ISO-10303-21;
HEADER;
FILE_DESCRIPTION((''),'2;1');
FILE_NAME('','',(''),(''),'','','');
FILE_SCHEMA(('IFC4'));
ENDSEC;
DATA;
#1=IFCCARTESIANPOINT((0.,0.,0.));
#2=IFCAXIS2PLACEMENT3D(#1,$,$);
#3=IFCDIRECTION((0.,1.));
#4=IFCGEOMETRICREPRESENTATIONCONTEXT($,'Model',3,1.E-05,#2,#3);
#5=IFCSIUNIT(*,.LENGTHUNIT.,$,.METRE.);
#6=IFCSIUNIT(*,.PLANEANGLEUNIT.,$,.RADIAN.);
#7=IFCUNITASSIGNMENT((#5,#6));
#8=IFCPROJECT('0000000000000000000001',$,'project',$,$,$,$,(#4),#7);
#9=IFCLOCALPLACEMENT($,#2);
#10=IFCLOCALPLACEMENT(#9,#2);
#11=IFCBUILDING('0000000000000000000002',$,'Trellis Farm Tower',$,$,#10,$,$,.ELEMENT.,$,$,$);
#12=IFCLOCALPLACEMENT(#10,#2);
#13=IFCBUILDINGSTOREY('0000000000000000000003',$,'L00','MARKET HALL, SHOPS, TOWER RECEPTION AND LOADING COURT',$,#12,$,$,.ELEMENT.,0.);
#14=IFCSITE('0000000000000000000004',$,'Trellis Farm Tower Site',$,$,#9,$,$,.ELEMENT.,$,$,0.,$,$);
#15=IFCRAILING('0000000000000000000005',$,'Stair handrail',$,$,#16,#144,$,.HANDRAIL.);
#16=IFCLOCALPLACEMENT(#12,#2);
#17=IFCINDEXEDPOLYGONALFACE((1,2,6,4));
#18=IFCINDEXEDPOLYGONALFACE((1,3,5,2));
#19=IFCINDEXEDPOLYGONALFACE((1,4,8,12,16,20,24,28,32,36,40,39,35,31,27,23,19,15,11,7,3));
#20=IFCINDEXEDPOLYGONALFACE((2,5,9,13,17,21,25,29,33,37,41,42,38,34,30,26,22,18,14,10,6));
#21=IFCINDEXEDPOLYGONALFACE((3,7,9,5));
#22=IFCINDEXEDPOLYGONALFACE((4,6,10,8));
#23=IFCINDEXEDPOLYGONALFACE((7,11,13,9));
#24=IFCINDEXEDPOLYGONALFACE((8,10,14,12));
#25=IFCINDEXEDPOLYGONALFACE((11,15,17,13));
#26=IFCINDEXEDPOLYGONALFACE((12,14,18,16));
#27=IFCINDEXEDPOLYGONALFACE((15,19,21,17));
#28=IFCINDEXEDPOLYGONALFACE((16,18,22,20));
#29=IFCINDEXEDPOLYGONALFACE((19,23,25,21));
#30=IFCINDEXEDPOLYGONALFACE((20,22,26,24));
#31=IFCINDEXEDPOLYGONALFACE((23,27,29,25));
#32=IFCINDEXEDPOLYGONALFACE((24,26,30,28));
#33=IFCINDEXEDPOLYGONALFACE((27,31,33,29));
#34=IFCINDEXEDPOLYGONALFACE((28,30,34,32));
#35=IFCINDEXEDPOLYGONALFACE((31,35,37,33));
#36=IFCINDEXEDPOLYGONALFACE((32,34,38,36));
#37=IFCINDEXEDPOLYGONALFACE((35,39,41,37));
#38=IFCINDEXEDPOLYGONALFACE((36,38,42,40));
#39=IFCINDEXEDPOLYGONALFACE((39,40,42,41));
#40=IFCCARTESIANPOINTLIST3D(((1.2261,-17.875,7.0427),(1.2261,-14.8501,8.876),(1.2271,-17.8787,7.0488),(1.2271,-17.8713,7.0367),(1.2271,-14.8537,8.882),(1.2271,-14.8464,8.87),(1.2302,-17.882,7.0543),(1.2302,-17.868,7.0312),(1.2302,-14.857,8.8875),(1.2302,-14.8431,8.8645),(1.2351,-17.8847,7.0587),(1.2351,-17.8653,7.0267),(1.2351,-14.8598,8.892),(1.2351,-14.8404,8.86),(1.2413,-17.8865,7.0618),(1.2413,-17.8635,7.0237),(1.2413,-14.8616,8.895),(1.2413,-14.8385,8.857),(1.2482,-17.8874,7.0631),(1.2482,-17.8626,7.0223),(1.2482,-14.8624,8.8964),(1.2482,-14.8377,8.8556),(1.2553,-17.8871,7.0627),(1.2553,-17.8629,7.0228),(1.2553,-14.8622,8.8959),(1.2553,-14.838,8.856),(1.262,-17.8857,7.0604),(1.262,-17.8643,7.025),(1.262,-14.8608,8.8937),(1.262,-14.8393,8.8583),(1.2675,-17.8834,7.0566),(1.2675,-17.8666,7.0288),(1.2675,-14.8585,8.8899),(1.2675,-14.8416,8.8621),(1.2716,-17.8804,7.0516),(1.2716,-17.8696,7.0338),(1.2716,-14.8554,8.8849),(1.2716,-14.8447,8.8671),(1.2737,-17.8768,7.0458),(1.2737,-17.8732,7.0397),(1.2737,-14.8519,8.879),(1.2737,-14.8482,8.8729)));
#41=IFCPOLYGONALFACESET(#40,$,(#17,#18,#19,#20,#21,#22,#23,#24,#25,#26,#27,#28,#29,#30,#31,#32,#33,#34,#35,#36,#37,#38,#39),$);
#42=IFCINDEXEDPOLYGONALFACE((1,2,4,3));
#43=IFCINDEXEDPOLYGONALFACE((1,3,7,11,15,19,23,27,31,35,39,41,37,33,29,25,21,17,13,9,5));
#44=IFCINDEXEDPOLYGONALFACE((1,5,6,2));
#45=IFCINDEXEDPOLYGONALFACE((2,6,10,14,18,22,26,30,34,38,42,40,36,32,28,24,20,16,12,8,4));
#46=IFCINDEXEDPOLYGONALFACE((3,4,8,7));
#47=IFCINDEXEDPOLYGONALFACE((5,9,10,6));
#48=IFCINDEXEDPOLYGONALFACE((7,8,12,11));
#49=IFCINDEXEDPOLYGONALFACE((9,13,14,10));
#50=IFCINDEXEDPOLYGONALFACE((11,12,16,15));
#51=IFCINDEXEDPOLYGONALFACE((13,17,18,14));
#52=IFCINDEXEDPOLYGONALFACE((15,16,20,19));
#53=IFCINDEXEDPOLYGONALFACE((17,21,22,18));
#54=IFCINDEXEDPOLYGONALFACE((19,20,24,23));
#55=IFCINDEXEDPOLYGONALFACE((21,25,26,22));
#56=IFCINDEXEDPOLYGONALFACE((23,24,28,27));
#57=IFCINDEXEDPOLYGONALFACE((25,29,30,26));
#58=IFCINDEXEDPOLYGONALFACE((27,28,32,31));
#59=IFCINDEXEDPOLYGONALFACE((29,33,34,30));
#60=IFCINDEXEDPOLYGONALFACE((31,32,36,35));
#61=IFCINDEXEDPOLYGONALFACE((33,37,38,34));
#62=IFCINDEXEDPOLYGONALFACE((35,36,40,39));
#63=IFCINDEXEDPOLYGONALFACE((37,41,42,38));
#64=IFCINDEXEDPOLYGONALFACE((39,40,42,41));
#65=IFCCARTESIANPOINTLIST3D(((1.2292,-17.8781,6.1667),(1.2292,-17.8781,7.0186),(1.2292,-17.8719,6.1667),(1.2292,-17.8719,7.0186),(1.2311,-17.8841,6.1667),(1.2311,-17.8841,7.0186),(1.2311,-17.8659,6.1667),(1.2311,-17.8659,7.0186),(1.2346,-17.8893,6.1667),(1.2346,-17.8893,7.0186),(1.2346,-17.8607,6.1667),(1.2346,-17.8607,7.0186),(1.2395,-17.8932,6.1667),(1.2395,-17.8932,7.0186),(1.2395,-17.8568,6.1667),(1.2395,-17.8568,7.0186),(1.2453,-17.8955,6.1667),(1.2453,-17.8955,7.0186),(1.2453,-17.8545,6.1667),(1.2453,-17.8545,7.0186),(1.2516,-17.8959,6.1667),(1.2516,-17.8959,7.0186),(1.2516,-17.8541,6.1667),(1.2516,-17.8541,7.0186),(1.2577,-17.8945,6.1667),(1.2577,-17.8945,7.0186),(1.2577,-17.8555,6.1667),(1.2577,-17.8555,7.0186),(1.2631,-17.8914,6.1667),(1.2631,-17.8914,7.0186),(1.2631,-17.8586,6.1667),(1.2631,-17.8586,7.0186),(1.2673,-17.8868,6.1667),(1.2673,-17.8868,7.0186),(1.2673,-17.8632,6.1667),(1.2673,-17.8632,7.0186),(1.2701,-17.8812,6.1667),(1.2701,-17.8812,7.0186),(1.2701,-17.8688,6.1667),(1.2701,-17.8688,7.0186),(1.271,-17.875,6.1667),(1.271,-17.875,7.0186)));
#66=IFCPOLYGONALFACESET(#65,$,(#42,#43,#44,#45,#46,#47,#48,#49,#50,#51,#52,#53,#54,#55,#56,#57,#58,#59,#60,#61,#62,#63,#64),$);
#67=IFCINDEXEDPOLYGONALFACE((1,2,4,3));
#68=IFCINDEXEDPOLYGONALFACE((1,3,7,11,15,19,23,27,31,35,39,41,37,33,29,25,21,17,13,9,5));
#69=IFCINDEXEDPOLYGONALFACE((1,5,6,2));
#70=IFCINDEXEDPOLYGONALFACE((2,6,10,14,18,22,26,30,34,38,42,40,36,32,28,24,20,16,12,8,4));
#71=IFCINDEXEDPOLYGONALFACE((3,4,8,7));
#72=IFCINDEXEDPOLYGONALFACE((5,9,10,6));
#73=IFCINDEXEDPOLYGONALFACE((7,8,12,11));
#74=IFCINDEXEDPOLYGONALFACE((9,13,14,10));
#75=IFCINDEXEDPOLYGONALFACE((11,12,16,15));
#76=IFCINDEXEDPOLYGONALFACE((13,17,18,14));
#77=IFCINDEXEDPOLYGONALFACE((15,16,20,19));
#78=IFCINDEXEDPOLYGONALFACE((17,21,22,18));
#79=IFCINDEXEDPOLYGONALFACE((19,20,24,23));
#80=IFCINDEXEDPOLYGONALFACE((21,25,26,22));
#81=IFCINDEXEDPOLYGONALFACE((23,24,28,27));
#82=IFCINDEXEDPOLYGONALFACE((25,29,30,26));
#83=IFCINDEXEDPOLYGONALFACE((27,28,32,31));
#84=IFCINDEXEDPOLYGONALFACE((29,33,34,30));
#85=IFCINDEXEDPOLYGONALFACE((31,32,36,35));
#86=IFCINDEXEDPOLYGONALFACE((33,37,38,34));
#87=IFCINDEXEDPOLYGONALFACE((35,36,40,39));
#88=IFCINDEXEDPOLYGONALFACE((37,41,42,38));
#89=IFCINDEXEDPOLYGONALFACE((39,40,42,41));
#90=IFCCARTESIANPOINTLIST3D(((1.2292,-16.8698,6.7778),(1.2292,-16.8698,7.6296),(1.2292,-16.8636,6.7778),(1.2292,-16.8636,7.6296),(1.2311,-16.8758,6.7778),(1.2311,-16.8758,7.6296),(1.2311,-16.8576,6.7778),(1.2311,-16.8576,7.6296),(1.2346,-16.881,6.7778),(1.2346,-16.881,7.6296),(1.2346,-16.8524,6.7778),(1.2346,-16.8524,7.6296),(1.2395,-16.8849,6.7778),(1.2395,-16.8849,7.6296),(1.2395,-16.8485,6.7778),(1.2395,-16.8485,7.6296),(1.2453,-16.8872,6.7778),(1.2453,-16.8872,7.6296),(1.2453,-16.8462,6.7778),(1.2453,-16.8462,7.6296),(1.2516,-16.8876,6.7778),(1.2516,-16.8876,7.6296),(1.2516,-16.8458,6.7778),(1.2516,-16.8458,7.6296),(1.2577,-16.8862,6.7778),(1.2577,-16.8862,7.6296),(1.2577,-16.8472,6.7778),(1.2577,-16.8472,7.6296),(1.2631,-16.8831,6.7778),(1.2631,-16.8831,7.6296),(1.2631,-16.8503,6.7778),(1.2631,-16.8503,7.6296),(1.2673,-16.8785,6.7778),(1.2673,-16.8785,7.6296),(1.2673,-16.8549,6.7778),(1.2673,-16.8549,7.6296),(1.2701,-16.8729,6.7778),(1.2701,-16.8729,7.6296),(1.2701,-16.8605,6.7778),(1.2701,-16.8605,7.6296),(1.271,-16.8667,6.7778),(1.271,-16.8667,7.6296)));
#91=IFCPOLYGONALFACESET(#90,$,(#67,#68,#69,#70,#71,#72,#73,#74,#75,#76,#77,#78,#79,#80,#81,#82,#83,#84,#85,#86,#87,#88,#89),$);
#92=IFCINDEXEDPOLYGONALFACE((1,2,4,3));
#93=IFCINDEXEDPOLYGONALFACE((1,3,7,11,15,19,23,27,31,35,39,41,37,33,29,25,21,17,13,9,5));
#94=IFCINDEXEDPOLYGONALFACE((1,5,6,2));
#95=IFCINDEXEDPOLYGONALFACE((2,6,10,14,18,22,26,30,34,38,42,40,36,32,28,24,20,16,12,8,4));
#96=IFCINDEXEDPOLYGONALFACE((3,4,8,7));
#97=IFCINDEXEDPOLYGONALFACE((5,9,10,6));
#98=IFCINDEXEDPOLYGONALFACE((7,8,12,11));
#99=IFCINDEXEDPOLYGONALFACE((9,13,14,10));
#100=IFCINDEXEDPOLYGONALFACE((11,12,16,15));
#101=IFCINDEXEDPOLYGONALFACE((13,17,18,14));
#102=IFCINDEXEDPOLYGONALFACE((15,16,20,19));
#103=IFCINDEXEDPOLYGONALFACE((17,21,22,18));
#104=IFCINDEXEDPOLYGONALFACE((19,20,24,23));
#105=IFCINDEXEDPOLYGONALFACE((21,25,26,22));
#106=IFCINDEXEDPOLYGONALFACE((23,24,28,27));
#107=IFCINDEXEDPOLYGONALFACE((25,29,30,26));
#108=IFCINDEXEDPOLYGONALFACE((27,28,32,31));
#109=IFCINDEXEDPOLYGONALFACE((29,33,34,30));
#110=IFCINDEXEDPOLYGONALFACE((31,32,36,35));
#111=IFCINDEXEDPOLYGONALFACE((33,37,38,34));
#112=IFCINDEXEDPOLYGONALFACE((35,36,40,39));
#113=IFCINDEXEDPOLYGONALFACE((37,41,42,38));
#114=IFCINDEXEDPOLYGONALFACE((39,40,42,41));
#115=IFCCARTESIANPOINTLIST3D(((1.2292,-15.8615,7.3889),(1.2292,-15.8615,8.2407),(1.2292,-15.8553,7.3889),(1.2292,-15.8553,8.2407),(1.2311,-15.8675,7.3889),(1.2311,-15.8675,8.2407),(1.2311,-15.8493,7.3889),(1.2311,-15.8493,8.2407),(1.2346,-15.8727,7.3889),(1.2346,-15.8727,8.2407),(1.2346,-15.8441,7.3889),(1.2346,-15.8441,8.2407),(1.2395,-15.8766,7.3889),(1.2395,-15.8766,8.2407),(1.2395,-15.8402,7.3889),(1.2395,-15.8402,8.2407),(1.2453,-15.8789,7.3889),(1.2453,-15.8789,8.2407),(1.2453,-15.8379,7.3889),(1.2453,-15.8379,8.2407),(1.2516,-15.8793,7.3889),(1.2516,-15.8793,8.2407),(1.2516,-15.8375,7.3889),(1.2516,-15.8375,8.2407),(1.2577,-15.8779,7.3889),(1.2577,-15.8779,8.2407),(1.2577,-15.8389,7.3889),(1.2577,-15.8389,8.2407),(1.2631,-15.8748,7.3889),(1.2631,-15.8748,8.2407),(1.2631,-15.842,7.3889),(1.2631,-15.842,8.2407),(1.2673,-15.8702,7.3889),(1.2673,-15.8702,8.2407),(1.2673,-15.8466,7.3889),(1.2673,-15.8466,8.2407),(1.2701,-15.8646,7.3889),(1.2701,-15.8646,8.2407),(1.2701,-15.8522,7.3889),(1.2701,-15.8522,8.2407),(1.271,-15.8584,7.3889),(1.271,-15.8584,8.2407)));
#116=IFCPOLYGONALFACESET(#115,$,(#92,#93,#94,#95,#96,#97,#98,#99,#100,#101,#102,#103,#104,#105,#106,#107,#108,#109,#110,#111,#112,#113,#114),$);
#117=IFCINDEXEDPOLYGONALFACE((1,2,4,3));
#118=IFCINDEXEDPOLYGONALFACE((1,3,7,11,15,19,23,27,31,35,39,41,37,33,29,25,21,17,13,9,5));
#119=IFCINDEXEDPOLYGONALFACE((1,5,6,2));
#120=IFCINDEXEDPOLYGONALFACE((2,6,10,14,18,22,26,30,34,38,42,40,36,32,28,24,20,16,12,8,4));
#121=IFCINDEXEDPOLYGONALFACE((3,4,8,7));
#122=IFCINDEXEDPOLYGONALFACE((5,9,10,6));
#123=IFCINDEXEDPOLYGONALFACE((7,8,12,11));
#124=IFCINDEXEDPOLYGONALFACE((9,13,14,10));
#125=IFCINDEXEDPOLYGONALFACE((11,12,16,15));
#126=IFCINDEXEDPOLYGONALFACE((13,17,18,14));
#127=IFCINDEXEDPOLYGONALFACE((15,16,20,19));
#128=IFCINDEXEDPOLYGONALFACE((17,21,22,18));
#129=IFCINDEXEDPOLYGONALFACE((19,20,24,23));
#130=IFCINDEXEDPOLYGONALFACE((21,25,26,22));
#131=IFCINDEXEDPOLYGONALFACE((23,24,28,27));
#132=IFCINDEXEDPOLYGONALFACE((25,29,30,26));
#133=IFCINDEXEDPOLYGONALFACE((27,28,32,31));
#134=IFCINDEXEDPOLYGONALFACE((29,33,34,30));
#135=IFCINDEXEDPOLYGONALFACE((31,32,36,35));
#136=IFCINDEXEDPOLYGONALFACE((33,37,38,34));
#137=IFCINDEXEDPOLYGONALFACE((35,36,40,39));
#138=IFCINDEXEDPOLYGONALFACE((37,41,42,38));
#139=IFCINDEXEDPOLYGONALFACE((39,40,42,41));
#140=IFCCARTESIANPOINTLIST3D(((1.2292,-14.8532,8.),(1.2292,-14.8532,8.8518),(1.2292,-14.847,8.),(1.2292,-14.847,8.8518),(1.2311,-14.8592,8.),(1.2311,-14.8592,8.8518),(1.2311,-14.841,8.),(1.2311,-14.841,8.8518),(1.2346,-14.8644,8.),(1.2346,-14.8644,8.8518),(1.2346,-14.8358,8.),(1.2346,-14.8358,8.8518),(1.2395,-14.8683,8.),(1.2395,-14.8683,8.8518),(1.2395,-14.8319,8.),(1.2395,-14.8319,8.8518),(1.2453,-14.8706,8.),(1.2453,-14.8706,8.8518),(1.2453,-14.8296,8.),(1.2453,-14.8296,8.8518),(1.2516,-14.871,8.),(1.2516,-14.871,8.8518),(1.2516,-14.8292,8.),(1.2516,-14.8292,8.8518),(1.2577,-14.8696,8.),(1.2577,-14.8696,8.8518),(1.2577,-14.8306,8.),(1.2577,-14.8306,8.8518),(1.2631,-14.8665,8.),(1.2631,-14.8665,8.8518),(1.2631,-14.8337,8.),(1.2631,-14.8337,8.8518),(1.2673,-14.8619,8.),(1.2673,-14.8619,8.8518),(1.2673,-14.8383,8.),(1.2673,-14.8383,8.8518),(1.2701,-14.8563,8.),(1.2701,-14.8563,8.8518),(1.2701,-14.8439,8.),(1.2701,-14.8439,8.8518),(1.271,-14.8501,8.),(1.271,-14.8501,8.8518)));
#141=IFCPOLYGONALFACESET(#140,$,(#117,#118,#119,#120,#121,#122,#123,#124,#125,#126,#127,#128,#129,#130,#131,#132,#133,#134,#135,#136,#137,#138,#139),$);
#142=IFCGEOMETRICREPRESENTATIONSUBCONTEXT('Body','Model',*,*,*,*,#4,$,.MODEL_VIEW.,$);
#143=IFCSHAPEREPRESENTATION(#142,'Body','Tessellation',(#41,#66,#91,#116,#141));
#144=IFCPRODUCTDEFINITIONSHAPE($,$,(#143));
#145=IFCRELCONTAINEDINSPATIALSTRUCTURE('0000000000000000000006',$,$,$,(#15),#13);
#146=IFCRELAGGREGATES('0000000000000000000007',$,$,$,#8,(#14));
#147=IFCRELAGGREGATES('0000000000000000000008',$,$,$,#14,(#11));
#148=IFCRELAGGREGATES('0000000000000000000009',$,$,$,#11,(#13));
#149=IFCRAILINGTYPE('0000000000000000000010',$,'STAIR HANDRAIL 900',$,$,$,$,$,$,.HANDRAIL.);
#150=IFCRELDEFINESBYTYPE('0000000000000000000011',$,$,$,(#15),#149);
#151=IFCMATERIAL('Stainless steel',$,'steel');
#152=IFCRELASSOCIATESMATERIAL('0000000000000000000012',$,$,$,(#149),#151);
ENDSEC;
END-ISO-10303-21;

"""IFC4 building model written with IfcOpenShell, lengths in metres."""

from ifc_helpers import new_model, si_unit, direction, frame, origin, origin_2d, place, context, subcontext, project, spatial, circle, extrude, source, transform, mapped, material, type_object, element, save


model = new_model("IFC4")

# Units and contexts
model_context = context("Model", 3, precision=1e-05, world=origin(), true_north=direction((0.0, 1.0)))
body_context = subcontext(model_context, "Body", "Model", "MODEL_VIEW")
ifc_project = project(units=[si_unit("LENGTHUNIT", "METRE"), si_unit("PLANEANGLEUNIT", "RADIAN")], contexts=[model_context])

# Site, building, storey
site_placement = place(None, origin())
site = spatial("IfcSite", under=ifc_project, at=site_placement, Name="Trellis Farm Tower Site", CompositionType="ELEMENT", RefElevation=0.0)
building_placement = place(site_placement, origin())
building = spatial("IfcBuilding", under=site, at=building_placement, Name="Trellis Farm Tower", CompositionType="ELEMENT")
storey_placement = place(building_placement, origin())
storey = spatial("IfcBuildingStorey", under=building, at=storey_placement, Name="L00", Description="MARKET HALL, SHOPS, TOWER RECEPTION AND LOADING COURT", CompositionType="ELEMENT", Elevation=0.0)

# Railing
ifc_material_1 = material(Name="Stainless steel", Category="steel")
railing_type = type_object("IfcRailingType", Name="STAIR HANDRAIL 900", PredefinedType="HANDRAIL", material=ifc_material_1)
shared_shape_1 = source(origin(), body_context, "Body", "SweptSolid", [
    extrude(circle(Radius=0.0239, at=origin_2d()), frame((0.0, 0.0, 0.876), z_axis=(0.0, 0.855201, 0.518297), x_axis=(-1.0, 0.0, 0.0)), (0.0, 0.0, 1.0), 3.5371),
    extrude(circle(Radius=0.021, at=origin_2d()), origin(), (0.0, 0.0, 1.0), 0.8518),
    extrude(circle(Radius=0.021, at=origin_2d()), frame((0.0, 1.0083, 0.6111)), (0.0, 0.0, 1.0), 0.8518),
    extrude(circle(Radius=0.021, at=origin_2d()), frame((0.0, 2.0166, 1.2222)), (0.0, 0.0, 1.0), 0.8518),
    extrude(circle(Radius=0.021, at=origin_2d()), frame((0.0, 3.0249, 1.8333)), (0.0, 0.0, 1.0), 0.8518),
])
for number, where, name in (
    (1, (1.25, -17.875, 6.1667), "Stair handrail"),
):
    element("IfcRailing", number, at=place(storey_placement, frame(where)), inside=storey, type_object=railing_type, Name=name, PredefinedType="HANDRAIL", context=body_context, shape_type="MappedRepresentation", body=[
        mapped(shared_shape_1, transform((0.0, 0.0, 0.0))),
    ])

save(model, "model.ifc")
